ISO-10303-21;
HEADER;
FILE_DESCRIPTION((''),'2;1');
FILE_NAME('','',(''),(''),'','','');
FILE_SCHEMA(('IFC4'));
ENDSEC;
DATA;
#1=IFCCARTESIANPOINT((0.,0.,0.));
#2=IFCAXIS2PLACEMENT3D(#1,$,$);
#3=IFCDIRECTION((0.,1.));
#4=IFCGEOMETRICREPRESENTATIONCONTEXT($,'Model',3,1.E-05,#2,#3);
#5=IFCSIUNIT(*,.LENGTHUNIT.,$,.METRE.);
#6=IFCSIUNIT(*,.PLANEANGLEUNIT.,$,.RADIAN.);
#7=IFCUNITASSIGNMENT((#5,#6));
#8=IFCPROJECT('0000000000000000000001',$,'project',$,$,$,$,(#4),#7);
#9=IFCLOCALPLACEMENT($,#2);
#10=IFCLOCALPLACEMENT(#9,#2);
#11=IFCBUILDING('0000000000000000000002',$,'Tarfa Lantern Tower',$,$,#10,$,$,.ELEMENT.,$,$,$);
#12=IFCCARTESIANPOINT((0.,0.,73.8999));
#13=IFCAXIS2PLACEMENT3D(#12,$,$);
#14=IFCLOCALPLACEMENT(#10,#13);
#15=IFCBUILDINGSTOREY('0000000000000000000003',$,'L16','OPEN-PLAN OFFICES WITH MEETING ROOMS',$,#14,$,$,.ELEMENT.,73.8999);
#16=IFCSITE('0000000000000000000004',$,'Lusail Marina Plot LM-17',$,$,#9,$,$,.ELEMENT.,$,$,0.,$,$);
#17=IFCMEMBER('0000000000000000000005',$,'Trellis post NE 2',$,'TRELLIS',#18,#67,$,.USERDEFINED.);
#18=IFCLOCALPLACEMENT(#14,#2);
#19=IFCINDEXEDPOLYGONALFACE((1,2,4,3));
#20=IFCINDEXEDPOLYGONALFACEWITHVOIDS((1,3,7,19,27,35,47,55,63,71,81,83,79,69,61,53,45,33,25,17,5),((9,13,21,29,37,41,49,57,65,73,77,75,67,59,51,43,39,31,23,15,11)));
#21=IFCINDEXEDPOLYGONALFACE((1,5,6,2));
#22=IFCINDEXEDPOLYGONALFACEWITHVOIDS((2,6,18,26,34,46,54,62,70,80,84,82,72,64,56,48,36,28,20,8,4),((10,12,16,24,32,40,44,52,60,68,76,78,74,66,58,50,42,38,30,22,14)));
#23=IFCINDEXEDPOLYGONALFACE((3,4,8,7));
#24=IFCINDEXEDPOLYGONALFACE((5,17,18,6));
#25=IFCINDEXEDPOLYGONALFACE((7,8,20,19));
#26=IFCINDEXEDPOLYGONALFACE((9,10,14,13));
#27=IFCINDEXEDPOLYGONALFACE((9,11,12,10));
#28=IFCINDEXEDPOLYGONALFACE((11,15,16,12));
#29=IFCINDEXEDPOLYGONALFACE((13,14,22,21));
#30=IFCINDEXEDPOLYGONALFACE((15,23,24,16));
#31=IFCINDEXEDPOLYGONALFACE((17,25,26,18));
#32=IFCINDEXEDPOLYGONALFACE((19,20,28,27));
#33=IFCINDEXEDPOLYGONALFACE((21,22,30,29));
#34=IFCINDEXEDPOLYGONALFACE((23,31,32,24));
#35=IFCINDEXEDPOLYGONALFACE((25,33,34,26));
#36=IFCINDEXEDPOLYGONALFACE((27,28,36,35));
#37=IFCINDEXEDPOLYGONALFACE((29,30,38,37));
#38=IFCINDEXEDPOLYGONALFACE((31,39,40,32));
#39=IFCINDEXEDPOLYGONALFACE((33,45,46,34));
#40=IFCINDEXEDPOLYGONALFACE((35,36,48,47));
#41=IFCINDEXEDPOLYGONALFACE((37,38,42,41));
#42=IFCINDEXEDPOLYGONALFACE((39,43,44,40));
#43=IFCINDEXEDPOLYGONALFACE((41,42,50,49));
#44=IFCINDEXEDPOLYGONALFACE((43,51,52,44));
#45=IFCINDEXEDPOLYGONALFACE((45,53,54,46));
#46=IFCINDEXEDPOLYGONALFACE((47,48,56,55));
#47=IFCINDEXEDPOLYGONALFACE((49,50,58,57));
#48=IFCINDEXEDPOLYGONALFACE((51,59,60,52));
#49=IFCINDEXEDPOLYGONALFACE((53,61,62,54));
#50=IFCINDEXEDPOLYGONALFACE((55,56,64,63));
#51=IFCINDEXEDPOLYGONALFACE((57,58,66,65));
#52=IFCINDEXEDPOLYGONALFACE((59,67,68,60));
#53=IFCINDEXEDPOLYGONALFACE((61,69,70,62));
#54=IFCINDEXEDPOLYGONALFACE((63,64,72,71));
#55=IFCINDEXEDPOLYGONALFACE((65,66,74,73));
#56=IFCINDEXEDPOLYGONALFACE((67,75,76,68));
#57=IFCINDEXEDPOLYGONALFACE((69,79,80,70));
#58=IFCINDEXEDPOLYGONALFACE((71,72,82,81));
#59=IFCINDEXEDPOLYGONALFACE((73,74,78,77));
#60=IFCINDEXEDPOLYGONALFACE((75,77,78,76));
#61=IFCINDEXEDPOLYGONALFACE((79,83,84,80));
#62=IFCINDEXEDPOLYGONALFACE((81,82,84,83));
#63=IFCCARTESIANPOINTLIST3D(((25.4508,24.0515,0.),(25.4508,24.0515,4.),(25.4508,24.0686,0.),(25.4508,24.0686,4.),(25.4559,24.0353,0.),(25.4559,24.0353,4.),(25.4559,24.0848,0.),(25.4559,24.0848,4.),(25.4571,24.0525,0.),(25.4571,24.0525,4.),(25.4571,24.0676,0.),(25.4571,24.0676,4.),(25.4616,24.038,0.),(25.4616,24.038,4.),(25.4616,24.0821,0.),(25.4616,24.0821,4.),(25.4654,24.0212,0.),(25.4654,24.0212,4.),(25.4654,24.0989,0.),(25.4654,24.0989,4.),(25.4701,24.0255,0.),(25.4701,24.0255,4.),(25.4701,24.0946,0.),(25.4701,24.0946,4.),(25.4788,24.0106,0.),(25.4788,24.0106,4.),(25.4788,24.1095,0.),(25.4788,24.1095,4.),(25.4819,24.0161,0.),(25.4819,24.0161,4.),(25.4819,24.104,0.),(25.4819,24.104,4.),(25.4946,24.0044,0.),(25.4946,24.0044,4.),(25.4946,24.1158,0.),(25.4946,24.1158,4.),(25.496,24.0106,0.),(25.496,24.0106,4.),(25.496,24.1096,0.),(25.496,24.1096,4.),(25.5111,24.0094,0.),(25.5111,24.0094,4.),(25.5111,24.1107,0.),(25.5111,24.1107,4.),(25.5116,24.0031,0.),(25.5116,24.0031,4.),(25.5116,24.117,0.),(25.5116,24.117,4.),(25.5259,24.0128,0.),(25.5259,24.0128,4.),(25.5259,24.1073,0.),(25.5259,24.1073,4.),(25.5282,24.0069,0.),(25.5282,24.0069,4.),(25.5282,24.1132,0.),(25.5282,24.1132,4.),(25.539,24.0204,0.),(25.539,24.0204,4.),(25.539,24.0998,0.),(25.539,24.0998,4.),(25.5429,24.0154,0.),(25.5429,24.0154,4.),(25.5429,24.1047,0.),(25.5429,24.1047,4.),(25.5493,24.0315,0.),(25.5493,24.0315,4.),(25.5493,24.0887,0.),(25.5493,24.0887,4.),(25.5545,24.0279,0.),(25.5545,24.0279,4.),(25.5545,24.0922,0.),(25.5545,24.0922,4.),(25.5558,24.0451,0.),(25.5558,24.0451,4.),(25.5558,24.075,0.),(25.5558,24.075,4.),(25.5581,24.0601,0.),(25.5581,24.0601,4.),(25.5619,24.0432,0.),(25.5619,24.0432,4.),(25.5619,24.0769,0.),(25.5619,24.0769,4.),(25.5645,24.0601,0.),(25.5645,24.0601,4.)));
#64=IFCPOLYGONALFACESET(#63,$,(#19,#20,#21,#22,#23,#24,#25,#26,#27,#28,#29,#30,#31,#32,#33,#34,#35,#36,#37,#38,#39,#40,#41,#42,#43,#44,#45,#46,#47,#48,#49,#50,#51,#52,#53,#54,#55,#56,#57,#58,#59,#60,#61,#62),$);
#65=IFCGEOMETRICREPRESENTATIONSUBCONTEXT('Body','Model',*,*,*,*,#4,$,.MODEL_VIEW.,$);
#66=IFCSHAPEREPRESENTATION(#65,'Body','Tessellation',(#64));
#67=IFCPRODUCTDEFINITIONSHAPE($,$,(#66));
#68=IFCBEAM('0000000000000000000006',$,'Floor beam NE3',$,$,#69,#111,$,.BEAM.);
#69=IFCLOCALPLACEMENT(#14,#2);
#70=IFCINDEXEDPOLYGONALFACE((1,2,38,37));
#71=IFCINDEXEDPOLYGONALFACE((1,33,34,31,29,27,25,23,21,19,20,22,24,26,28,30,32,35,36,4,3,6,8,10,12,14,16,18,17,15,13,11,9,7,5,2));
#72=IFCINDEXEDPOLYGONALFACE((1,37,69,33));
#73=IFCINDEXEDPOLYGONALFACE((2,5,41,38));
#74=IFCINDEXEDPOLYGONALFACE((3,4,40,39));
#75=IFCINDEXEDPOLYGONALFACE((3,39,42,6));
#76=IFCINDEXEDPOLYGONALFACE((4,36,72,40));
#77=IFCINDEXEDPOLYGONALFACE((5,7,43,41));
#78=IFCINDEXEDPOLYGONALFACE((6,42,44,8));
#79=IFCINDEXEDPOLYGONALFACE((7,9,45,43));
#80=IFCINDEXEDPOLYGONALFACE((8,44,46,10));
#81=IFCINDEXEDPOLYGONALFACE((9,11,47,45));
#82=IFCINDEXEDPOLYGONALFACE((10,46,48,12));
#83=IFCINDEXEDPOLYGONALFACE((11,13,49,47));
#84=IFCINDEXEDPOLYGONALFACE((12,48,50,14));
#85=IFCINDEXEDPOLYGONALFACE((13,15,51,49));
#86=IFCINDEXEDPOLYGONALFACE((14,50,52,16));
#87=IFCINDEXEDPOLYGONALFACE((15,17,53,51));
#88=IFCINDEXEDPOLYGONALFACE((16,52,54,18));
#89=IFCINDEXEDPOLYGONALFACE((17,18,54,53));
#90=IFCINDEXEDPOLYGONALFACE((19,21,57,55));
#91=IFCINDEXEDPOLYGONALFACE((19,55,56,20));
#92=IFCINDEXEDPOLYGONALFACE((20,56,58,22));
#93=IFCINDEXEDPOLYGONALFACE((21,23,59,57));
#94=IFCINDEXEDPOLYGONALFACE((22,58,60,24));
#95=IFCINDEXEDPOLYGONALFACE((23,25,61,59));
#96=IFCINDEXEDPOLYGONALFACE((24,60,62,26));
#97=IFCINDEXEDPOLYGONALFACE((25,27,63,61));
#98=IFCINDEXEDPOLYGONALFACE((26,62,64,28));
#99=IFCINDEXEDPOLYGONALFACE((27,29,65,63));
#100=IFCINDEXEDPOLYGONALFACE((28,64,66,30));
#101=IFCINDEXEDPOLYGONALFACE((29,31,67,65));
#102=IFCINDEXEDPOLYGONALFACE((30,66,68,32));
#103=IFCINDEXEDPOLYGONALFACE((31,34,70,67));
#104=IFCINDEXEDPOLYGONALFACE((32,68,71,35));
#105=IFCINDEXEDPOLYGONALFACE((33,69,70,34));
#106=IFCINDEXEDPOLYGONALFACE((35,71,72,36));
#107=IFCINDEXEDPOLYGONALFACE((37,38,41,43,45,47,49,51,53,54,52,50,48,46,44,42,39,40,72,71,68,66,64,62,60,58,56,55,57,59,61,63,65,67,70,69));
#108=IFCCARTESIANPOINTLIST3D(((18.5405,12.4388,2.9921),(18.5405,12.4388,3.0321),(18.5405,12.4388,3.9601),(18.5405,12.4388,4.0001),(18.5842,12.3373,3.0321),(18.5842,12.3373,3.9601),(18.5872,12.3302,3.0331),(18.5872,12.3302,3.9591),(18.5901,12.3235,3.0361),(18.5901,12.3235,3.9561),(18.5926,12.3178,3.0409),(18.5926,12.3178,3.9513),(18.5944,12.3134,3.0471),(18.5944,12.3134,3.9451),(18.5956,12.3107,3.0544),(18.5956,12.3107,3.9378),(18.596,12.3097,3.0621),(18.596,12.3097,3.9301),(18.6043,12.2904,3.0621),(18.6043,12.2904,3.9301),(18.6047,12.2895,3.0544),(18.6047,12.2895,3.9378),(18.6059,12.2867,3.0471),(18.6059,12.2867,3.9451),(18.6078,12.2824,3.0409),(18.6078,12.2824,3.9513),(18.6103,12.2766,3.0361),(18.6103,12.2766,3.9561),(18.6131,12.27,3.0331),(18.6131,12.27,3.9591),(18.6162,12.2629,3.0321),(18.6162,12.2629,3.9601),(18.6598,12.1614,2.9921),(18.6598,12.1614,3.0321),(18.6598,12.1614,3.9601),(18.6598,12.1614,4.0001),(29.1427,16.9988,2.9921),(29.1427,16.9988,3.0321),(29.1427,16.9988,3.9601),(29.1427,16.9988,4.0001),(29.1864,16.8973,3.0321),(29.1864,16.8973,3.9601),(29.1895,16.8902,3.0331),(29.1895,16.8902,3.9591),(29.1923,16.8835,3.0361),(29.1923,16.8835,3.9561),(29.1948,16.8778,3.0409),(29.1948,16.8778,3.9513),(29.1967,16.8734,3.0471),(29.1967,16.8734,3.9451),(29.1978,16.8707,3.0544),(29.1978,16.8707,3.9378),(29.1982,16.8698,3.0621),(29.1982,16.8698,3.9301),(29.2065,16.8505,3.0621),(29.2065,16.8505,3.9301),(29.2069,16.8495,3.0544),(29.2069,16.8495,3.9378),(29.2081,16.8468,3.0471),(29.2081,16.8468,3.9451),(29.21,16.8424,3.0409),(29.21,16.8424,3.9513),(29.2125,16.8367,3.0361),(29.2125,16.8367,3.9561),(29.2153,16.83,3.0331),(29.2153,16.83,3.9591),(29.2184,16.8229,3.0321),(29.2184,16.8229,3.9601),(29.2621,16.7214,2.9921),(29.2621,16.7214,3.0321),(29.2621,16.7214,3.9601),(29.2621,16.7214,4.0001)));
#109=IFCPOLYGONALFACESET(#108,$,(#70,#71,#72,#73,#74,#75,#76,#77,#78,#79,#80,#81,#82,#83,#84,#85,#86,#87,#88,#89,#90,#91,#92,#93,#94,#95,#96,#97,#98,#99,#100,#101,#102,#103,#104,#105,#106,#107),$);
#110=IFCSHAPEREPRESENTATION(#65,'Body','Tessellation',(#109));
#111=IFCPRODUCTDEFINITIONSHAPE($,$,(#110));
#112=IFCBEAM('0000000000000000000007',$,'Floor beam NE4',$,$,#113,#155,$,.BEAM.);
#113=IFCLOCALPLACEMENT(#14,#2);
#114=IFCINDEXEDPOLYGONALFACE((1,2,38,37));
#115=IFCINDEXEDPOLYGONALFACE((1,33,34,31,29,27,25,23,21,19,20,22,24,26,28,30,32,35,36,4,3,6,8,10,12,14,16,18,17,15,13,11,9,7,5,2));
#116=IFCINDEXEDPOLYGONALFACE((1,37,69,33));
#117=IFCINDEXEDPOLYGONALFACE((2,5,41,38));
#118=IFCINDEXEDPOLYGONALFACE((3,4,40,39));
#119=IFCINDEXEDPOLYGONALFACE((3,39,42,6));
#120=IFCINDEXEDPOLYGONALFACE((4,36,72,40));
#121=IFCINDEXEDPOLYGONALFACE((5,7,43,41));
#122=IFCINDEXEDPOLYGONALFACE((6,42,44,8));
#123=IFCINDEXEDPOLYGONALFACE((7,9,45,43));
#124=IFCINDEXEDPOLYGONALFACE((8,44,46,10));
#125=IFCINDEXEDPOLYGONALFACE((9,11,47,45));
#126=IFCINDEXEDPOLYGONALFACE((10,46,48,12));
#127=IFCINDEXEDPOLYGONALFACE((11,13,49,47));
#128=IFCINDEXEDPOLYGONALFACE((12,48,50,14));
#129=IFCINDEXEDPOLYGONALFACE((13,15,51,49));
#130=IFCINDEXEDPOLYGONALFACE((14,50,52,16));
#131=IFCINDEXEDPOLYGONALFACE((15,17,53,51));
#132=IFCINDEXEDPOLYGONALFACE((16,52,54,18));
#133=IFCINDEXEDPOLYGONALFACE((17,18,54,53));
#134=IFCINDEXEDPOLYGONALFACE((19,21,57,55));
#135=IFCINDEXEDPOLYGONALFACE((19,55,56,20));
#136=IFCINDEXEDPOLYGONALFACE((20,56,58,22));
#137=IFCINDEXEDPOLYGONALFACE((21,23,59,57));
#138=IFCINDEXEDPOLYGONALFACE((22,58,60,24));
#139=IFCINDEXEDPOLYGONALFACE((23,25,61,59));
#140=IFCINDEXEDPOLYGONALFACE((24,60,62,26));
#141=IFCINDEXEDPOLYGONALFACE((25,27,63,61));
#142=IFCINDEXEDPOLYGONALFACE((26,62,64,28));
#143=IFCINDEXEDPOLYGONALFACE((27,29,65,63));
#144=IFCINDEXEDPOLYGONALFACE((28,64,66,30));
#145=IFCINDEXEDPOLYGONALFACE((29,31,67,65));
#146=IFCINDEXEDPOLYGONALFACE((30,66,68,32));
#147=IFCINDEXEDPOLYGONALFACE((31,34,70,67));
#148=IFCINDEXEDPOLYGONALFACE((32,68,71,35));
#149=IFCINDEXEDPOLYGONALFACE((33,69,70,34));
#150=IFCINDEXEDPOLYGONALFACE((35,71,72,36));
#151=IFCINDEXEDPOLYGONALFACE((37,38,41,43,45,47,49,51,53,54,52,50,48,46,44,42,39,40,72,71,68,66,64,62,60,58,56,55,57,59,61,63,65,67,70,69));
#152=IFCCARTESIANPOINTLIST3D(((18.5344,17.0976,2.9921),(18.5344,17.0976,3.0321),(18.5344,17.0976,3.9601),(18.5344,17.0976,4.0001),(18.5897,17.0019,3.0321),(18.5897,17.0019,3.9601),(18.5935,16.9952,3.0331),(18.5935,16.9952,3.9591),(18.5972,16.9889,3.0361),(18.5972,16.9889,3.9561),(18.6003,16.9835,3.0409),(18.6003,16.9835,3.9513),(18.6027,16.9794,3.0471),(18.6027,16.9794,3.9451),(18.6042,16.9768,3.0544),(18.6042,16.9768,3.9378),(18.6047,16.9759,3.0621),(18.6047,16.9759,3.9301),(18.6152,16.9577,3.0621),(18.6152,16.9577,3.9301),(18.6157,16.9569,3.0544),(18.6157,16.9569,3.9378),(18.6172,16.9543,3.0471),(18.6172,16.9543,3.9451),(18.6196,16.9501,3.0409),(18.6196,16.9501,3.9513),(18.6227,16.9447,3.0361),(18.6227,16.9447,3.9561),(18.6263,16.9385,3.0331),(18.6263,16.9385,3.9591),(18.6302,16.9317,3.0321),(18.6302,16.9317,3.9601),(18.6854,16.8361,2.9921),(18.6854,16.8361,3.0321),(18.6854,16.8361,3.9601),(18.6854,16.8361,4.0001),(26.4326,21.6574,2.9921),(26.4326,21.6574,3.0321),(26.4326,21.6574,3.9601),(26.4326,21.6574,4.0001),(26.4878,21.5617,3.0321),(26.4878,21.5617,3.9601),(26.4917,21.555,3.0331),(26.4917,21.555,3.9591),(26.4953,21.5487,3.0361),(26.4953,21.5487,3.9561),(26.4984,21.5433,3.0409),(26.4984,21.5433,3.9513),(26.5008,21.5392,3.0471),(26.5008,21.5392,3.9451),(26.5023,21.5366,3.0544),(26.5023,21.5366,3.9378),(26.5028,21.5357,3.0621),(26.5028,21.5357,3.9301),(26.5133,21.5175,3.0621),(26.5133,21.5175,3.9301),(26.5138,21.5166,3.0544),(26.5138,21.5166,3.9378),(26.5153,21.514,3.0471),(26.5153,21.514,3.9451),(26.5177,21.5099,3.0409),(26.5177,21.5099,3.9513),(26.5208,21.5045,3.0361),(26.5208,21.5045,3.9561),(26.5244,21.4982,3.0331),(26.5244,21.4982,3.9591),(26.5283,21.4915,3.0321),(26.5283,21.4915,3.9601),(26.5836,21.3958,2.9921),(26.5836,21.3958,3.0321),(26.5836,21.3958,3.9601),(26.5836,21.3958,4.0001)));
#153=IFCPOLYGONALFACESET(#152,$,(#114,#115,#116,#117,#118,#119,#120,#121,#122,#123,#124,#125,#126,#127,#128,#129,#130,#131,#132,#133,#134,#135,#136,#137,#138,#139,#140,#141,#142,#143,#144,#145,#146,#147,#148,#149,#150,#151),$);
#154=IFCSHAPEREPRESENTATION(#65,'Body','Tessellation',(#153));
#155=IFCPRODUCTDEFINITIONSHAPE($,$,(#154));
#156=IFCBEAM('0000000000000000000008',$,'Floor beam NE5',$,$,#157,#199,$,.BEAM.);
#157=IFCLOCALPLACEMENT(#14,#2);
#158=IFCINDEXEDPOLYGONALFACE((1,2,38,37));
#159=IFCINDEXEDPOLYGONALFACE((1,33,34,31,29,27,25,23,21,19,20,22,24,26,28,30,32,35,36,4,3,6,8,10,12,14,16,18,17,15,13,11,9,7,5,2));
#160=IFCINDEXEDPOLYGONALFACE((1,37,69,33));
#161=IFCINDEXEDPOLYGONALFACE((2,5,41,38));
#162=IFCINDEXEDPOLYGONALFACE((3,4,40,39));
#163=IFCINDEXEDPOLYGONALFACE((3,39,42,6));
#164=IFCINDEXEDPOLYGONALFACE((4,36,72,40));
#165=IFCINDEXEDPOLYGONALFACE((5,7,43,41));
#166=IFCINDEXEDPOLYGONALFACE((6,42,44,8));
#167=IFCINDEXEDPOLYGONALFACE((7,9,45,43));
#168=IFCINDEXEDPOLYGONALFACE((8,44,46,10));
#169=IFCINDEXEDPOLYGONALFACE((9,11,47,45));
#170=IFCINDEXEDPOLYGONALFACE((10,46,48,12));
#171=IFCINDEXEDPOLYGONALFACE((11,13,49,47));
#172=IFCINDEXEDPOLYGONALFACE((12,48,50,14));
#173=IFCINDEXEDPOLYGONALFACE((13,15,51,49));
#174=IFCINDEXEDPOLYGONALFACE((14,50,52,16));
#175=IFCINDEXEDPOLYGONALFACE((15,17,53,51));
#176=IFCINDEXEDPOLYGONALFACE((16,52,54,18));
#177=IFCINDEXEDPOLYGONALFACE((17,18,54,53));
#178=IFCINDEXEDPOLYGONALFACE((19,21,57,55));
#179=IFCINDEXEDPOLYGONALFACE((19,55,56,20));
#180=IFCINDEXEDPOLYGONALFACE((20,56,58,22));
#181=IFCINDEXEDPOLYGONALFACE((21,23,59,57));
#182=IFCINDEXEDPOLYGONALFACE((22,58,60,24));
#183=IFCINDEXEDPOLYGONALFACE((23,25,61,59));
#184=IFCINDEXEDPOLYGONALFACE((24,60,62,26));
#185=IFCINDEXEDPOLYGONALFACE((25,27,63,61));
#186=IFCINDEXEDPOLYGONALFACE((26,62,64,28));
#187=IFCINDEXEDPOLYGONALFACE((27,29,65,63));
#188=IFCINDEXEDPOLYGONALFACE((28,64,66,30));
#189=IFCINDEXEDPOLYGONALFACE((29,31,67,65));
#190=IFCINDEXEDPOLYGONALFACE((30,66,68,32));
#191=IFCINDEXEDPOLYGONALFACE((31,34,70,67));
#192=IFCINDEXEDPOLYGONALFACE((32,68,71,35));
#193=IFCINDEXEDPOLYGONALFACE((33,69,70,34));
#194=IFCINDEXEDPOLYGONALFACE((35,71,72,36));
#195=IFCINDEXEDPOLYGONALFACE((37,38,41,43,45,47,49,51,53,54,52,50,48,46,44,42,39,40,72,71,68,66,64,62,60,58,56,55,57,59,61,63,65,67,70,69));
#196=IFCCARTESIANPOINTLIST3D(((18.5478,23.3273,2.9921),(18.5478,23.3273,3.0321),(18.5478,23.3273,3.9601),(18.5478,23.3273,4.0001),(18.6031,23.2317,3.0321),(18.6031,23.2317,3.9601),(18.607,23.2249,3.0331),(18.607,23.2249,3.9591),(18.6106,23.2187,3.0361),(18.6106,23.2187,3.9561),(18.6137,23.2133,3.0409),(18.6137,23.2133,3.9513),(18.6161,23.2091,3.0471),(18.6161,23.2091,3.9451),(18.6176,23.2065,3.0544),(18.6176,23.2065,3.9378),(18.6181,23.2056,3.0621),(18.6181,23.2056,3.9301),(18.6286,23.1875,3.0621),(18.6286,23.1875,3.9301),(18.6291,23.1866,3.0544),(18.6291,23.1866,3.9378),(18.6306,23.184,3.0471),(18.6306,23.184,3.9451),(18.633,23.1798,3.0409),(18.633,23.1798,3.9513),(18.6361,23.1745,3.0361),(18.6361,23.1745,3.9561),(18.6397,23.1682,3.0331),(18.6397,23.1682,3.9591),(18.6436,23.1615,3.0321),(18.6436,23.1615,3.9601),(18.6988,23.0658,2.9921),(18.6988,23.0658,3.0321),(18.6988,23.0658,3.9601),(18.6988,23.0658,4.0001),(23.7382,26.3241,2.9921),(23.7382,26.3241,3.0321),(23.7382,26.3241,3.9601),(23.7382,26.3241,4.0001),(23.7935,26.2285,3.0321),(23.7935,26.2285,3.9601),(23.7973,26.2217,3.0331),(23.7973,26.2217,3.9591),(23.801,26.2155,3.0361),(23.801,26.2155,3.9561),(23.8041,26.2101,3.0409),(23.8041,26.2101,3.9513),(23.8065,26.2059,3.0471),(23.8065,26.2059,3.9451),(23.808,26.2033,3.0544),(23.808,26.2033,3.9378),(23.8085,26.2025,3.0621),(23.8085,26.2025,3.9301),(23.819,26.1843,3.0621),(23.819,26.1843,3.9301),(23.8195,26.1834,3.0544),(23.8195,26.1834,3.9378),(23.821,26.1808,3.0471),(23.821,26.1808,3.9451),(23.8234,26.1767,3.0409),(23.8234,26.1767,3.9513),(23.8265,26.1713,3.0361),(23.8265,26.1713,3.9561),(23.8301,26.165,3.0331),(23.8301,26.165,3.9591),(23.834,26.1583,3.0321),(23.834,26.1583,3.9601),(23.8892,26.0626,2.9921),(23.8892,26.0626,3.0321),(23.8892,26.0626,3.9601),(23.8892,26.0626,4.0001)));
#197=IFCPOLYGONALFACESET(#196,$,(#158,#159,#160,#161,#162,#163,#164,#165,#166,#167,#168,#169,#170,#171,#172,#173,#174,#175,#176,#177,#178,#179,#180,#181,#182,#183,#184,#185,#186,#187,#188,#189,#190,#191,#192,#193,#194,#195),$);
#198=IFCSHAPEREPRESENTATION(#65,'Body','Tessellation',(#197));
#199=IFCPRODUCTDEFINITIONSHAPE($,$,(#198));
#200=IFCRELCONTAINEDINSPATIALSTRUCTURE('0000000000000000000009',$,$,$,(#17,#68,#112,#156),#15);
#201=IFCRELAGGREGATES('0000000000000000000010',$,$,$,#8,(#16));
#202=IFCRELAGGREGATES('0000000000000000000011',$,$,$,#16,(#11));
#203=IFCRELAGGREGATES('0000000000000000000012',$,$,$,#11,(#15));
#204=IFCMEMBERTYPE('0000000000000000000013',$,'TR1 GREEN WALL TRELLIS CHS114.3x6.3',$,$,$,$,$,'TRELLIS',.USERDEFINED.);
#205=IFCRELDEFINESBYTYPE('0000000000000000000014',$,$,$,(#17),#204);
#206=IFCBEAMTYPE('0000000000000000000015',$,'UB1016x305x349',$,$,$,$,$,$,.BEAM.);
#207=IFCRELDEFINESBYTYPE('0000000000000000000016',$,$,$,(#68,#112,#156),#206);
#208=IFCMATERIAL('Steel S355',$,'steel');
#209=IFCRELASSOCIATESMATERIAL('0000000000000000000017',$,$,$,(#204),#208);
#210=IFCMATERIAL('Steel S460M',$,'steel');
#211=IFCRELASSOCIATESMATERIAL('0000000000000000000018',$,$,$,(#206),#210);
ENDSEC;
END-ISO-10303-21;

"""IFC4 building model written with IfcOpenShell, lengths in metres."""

from ifc_helpers import new_model, si_unit, direction, frame, origin, origin_2d, place, context, subcontext, project, spatial, hollow_circle, i_section, extrude, material, material_profile, profile_set, type_object, element, save


model = new_model("IFC4")

# Units and contexts
model_context = context("Model", 3, precision=1e-05, world=origin(), true_north=direction((0.0, 1.0)))
body_context = subcontext(model_context, "Body", "Model", "MODEL_VIEW")
ifc_project = project(units=[si_unit("LENGTHUNIT", "METRE"), si_unit("PLANEANGLEUNIT", "RADIAN")], contexts=[model_context])

# Site, building, storey
site_placement = place(None, origin())
site = spatial("IfcSite", under=ifc_project, at=site_placement, Name="Lusail Marina Plot LM-17", CompositionType="ELEMENT", RefElevation=0.0)
building_placement = place(site_placement, origin())
building = spatial("IfcBuilding", under=site, at=building_placement, Name="Tarfa Lantern Tower", CompositionType="ELEMENT")
storey_placement = place(building_placement, frame((0.0, 0.0, 73.8999)))
storey = spatial("IfcBuildingStorey", under=building, at=storey_placement, Name="L16", Description="OPEN-PLAN OFFICES WITH MEETING ROOMS", CompositionType="ELEMENT", Elevation=73.8999)

# Member
ifc_material_1 = material(Name="Steel S355", Category="steel")
ifc_material_profile_1 = material_profile(ifc_material_1, hollow_circle(Radius=0.0571, WallThickness=0.0063, at=origin_2d()), Name="CHS114.3x6.3")
ifc_profile_set_1 = profile_set([ifc_material_profile_1], Name="Steel S355")
member_type_1 = type_object("IfcMemberType", Name="TR1 GREEN WALL TRELLIS CHS114.3x6.3", ElementType="TRELLIS", PredefinedType="USERDEFINED", material=ifc_profile_set_1)
member_1_placement = place(storey_placement, frame((25.5073, 24.0601, 0.0), z_axis=(0.0, 0.0, 1.0), x_axis=(1.0, 0.0, 0.0)))
element("IfcMember", 1, at=member_1_placement, inside=storey, type_object=member_type_1, Name="Trellis post NE 2", ObjectType="TRELLIS", PredefinedType="USERDEFINED", context=body_context, shape_type="SweptSolid", body=[
    extrude(hollow_circle(Radius=0.0571, WallThickness=0.0063, at=origin_2d()), origin(), (0.0, 0.0, 1.0), 4.0),
])

# Beams
ifc_material_2 = material(Name="Steel S460M", Category="steel")
ifc_material_profile_2 = material_profile(ifc_material_2, i_section(OverallWidth=0.302, OverallDepth=1.0081, WebThickness=0.021, FlangeThickness=0.04, FilletRadius=0.03, at=origin_2d()), Name="UB1016x305x349")
ifc_profile_set_2 = profile_set([ifc_material_profile_2], Name="Steel S460M")
beam_type_1 = type_object("IfcBeamType", Name="UB1016x305x349", PredefinedType="BEAM", material=ifc_profile_set_2)
beam_1_placement = place(storey_placement, frame((29.2024, 16.8601, 3.4961), z_axis=(-0.918635, -0.395106, 0.0), x_axis=(0.395106, -0.918635, 0.0)))
element("IfcBeam", 2, at=beam_1_placement, inside=storey, type_object=beam_type_1, Name="Floor beam NE3", PredefinedType="BEAM", context=body_context, shape_type="SweptSolid", body=[
    extrude(i_section(OverallWidth=0.302, OverallDepth=1.0081, WebThickness=0.021, FlangeThickness=0.04, FilletRadius=0.03, at=origin_2d()), origin(), (0.0, 0.0, 1.0), 11.5413),
])
beam_2_placement = place(storey_placement, frame((26.5081, 21.5266, 3.4961), z_axis=(-0.866035, -0.499983, 0.0), x_axis=(0.499983, -0.866035, 0.0)))
element("IfcBeam", 3, at=beam_2_placement, inside=storey, type_object=beam_type_1, Name="Floor beam NE4", PredefinedType="BEAM", context=body_context, shape_type="SweptSolid", body=[
    extrude(i_section(OverallWidth=0.302, OverallDepth=1.0081, WebThickness=0.021, FlangeThickness=0.04, FilletRadius=0.03, at=origin_2d()), origin(), (0.0, 0.0, 1.0), 9.1199),
])
beam_3_placement = place(storey_placement, frame((23.8137, 26.1934, 3.4961), z_axis=(-0.866016, -0.500016, 0.0), x_axis=(0.500016, -0.866016, 0.0)))
element("IfcBeam", 4, at=beam_3_placement, inside=storey, type_object=beam_type_1, Name="Floor beam NE5", PredefinedType="BEAM", context=body_context, shape_type="SweptSolid", body=[
    extrude(i_section(OverallWidth=0.302, OverallDepth=1.0081, WebThickness=0.021, FlangeThickness=0.04, FilletRadius=0.03, at=origin_2d()), origin(), (0.0, 0.0, 1.0), 5.9934),
])

save(model, "model.ifc")
